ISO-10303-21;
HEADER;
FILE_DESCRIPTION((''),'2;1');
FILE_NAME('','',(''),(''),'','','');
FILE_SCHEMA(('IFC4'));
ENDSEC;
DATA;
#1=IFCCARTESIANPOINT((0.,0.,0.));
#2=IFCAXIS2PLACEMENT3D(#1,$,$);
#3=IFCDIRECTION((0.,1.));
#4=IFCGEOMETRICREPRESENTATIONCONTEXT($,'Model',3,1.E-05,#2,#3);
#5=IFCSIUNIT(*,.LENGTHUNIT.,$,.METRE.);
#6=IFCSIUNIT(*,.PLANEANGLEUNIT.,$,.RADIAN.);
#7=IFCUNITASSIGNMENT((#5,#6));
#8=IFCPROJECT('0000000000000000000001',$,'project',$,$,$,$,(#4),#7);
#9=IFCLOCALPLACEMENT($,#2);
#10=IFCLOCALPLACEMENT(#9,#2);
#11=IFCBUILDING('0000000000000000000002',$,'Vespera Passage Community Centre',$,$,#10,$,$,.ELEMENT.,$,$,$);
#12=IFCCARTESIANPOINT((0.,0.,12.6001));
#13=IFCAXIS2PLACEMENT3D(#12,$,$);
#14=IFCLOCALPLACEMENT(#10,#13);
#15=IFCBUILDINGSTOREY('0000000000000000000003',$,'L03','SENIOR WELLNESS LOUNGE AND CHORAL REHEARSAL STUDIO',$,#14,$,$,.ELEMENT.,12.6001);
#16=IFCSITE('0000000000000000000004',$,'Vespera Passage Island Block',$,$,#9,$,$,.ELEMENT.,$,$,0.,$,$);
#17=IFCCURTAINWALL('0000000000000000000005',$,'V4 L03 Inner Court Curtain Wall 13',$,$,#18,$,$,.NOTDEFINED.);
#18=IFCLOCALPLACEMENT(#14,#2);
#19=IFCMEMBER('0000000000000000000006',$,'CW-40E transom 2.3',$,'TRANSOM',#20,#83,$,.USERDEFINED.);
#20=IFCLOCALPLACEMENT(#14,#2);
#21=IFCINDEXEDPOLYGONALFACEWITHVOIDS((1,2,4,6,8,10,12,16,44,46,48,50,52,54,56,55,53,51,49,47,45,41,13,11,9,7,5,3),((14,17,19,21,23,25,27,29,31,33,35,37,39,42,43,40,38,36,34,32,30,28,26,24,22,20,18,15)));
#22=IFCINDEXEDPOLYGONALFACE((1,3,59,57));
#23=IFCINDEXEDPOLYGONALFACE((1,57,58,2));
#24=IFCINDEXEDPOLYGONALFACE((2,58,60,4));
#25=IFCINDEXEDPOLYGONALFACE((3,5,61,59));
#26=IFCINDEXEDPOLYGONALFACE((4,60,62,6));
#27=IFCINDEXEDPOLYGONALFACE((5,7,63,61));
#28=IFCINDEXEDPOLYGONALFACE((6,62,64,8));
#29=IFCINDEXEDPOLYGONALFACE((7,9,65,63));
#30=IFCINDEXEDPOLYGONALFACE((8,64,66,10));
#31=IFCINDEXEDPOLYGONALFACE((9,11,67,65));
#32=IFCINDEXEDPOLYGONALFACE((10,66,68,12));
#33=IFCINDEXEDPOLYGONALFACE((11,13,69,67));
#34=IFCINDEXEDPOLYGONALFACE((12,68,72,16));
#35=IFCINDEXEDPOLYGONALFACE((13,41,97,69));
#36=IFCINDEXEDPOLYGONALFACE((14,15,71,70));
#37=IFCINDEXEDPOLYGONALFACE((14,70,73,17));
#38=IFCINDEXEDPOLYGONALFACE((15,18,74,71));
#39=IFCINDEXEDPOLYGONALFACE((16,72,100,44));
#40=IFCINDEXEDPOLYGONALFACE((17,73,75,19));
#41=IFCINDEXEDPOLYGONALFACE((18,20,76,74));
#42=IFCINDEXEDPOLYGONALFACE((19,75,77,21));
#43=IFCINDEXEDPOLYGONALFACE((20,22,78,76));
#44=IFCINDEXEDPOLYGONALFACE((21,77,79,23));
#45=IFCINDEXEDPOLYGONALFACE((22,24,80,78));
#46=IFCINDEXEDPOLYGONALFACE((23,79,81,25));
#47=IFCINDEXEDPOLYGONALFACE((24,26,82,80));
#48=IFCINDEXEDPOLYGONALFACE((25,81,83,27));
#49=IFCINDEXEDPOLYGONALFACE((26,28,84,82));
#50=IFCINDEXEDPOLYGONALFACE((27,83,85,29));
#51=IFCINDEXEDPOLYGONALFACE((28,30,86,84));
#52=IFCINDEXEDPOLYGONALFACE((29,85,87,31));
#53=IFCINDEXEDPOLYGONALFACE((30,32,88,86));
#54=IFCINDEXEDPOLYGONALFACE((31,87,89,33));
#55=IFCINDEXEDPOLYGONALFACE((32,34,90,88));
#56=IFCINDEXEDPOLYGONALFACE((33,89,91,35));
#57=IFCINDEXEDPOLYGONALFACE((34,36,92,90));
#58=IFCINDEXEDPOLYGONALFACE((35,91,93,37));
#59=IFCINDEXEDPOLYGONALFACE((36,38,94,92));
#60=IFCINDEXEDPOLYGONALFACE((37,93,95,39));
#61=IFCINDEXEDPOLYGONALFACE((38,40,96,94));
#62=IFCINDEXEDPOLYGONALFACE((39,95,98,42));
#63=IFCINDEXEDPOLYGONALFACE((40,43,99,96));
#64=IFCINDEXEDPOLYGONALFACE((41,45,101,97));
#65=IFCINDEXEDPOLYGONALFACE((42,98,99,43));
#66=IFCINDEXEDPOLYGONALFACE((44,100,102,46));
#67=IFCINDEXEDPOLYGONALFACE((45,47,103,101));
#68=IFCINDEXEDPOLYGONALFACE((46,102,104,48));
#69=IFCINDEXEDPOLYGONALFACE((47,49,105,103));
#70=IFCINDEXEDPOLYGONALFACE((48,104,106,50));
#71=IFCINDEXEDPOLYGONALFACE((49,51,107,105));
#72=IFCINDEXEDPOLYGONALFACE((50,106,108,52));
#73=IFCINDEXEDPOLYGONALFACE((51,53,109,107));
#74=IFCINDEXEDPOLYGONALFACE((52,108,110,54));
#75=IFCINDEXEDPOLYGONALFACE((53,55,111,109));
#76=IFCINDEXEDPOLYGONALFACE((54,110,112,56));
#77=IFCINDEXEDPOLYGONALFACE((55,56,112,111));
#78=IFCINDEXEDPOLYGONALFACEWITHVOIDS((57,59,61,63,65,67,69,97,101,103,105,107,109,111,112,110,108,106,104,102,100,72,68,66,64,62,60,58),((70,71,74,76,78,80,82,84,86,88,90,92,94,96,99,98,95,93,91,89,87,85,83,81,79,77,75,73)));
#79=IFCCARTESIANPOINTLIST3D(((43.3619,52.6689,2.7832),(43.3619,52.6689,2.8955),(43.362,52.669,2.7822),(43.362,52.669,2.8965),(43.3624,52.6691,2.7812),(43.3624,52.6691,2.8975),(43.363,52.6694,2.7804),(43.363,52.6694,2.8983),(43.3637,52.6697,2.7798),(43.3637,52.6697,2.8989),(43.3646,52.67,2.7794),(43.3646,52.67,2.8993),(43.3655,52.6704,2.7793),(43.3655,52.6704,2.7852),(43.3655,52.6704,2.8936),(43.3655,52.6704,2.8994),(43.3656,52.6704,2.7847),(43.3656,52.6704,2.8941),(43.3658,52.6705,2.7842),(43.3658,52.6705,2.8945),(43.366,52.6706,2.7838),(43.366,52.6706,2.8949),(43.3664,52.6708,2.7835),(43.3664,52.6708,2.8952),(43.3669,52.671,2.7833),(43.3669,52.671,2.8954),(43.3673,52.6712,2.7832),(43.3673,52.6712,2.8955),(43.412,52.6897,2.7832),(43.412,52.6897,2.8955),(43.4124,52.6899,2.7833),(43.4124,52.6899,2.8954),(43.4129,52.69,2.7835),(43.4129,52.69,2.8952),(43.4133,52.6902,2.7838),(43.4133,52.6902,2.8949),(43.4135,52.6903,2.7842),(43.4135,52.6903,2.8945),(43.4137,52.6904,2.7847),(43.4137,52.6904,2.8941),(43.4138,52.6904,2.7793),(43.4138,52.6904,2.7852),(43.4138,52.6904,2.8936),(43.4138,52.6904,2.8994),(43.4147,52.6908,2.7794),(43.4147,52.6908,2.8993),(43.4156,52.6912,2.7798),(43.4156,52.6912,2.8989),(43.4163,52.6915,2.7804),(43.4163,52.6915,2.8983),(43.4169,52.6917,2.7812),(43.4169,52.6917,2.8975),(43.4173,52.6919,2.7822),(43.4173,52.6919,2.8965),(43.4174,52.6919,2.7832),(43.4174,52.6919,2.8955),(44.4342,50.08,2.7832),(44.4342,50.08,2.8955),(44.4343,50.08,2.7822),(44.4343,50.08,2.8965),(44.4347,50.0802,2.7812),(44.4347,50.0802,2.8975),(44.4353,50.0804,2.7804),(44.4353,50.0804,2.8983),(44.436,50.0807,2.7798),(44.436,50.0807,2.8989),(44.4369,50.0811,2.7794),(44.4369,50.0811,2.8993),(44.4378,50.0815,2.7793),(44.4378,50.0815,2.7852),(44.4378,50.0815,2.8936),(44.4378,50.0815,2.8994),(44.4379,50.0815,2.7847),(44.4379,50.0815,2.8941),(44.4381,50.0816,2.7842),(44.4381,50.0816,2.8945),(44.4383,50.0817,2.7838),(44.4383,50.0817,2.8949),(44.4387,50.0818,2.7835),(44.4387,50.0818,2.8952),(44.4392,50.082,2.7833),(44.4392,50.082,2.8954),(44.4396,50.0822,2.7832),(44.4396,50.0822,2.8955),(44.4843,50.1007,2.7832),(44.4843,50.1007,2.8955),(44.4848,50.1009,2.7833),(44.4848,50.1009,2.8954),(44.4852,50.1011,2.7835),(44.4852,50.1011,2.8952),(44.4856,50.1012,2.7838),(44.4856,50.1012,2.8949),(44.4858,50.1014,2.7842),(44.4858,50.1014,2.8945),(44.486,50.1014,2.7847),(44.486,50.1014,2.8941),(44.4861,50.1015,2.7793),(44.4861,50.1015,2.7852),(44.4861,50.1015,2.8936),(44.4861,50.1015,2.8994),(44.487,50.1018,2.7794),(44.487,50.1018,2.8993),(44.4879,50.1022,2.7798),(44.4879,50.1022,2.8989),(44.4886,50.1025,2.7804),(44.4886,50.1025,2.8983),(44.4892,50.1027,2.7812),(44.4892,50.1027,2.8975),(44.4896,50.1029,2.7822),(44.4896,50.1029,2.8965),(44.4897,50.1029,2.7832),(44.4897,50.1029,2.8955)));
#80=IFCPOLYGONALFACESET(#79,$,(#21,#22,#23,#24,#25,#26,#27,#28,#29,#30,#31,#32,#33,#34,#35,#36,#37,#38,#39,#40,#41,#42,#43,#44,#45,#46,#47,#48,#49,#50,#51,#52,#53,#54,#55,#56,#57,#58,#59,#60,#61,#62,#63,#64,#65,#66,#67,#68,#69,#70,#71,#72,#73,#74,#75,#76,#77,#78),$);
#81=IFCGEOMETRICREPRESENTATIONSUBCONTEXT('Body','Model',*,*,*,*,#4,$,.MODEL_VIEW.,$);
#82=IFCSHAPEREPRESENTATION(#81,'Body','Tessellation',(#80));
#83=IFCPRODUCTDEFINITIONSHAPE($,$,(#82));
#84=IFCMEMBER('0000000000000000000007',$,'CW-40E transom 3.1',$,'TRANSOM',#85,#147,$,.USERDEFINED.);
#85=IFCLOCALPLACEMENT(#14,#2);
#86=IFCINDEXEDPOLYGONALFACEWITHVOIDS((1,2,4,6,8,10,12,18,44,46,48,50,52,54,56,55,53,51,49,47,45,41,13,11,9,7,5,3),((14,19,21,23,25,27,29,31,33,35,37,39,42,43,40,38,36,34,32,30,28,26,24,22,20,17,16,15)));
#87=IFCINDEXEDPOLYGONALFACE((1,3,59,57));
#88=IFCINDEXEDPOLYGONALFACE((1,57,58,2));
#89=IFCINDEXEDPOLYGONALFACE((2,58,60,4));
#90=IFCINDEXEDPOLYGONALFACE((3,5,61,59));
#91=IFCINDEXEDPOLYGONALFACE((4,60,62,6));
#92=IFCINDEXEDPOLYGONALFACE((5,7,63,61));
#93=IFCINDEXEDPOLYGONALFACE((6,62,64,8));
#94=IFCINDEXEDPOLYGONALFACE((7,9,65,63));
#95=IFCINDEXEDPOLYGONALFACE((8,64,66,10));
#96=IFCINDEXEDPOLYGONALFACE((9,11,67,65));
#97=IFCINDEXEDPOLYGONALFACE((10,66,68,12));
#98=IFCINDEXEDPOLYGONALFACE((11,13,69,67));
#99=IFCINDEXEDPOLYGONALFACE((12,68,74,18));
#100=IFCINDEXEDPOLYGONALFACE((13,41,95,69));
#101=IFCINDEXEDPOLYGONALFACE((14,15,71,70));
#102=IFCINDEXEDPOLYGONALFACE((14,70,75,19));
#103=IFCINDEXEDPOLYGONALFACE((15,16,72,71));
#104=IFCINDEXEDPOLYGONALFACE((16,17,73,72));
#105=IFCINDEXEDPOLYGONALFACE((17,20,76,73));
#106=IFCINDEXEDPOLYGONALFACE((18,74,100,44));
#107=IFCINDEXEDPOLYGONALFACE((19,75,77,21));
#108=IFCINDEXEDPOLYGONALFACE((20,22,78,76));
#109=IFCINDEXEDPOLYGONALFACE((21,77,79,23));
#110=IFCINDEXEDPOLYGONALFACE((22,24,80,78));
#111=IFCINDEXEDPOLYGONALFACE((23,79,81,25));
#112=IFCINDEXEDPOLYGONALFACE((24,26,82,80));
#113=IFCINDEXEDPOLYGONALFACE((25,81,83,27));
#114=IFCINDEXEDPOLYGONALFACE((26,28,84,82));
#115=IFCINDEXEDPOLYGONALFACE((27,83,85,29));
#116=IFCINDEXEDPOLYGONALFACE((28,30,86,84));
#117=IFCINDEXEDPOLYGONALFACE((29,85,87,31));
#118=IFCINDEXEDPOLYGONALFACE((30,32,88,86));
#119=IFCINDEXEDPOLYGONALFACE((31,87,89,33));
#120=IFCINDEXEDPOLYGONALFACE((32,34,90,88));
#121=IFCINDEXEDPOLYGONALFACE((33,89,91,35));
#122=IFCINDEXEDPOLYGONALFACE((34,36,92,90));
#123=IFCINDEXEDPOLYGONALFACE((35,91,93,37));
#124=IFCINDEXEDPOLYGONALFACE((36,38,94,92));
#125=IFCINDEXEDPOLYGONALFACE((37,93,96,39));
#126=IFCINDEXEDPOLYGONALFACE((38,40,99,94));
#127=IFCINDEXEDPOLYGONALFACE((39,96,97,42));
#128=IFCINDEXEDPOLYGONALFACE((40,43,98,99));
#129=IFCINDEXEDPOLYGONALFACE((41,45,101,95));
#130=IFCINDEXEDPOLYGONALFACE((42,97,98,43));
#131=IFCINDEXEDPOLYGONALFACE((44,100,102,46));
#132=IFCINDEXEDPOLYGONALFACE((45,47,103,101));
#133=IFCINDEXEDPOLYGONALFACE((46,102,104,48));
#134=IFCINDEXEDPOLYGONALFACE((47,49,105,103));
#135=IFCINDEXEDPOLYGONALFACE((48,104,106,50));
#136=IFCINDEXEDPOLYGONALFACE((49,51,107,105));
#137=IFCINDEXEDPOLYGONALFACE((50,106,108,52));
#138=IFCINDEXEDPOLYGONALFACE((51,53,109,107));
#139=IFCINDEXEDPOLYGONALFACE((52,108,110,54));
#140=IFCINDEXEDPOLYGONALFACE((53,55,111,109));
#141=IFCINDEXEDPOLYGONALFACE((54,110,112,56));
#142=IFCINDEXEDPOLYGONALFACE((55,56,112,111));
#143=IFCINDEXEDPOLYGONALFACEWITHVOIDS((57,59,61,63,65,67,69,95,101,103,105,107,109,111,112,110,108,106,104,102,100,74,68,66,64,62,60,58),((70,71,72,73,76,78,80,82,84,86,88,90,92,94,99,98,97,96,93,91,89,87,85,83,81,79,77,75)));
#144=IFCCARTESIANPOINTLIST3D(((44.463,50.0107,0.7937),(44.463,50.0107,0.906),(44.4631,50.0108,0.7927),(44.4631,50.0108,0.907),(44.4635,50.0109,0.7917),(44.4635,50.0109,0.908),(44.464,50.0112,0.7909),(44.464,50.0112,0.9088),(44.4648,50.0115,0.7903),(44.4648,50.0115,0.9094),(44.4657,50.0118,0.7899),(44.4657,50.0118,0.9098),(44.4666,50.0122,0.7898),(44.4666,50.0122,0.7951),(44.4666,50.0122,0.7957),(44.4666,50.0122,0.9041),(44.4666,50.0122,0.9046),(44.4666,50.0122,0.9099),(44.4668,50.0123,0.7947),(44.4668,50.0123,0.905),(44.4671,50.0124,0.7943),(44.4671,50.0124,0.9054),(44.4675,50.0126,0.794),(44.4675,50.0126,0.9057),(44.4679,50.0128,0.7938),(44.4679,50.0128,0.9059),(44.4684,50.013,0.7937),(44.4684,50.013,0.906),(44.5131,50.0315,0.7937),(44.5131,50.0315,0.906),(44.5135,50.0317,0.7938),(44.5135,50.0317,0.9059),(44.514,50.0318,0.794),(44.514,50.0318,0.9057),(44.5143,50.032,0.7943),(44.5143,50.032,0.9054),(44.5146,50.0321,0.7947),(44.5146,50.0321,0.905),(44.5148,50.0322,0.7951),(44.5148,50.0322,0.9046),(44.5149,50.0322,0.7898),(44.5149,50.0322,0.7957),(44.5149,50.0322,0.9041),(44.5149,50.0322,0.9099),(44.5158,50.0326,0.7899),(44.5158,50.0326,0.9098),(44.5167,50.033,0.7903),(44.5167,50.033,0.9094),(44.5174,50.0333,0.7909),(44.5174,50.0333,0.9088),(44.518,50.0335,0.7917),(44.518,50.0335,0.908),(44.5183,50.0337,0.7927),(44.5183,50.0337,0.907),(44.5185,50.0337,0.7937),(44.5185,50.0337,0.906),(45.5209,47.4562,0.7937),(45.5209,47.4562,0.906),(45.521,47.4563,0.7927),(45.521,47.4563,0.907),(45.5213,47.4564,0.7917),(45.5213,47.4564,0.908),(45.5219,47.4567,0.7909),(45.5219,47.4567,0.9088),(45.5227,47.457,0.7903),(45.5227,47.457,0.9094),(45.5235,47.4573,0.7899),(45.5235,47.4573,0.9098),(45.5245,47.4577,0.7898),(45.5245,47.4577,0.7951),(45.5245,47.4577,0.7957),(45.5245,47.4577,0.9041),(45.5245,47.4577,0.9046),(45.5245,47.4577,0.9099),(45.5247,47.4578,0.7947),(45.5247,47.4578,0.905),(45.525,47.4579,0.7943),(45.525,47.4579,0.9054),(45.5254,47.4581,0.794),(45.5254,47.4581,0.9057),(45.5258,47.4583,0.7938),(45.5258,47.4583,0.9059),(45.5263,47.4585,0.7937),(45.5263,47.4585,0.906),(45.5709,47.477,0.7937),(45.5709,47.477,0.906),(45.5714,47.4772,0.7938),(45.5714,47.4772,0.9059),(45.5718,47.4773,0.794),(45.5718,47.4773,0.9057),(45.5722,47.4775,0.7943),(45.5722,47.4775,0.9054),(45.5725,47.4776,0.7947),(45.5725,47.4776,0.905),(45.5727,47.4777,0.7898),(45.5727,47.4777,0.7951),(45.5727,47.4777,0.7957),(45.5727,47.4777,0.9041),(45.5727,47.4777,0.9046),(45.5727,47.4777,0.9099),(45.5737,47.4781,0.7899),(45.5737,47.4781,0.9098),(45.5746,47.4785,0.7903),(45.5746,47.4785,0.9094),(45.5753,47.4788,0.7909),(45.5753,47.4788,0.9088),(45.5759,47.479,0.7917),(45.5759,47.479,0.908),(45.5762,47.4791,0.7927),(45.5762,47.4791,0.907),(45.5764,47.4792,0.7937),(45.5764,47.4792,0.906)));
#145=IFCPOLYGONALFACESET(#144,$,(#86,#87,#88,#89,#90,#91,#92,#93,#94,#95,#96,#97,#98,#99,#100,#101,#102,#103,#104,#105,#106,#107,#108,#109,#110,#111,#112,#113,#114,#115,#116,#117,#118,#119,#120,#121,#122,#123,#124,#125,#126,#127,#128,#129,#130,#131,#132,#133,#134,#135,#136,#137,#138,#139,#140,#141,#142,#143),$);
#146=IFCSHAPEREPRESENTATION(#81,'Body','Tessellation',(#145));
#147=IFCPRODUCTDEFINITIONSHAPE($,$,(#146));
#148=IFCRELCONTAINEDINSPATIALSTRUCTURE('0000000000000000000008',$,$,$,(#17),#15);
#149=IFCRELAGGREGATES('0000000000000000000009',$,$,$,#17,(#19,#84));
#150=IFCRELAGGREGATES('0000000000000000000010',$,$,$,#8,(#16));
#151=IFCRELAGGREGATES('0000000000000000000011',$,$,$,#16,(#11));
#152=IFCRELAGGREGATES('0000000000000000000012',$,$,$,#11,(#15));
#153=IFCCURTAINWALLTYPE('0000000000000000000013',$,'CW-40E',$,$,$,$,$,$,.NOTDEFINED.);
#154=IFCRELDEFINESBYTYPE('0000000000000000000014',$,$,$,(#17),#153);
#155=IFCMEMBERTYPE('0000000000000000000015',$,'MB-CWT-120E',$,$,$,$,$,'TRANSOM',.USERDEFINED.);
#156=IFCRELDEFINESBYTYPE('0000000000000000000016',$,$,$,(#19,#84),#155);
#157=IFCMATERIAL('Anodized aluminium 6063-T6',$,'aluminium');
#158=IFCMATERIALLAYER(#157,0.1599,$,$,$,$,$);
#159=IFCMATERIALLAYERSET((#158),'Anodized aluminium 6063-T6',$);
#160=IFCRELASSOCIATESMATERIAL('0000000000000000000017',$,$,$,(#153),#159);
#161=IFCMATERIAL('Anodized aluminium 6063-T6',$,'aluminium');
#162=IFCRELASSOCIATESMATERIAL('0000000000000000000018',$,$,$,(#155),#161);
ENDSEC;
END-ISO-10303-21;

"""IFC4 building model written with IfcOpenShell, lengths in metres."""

from ifc_helpers import new_model, si_unit, direction, frame, origin, origin_2d, place, context, subcontext, project, spatial, hollow_rectangle, extrude, material, layer, layer_set, material_profile, profile_set, type_object, element, aggregate, save


model = new_model("IFC4")

# Units and contexts
model_context = context("Model", 3, precision=1e-05, world=origin(), true_north=direction((0.0, 1.0)))
body_context = subcontext(model_context, "Body", "Model", "MODEL_VIEW")
ifc_project = project(units=[si_unit("LENGTHUNIT", "METRE"), si_unit("PLANEANGLEUNIT", "RADIAN")], contexts=[model_context])

# Site, building, storey
site_placement = place(None, origin())
site = spatial("IfcSite", under=ifc_project, at=site_placement, Name="Vespera Passage Island Block", CompositionType="ELEMENT", RefElevation=0.0)
building_placement = place(site_placement, origin())
building = spatial("IfcBuilding", under=site, at=building_placement, Name="Vespera Passage Community Centre", CompositionType="ELEMENT")
storey_placement = place(building_placement, frame((0.0, 0.0, 12.6001)))
storey = spatial("IfcBuildingStorey", under=building, at=storey_placement, Name="L03", Description="SENIOR WELLNESS LOUNGE AND CHORAL REHEARSAL STUDIO", CompositionType="ELEMENT", Elevation=12.6001)

# Curtain wall
ifc_material_1 = material(Name="Anodized aluminium 6063-T6", Category="aluminium")
ifc_layer_1 = layer(ifc_material_1, 0.1599)
ifc_layer_set_1 = layer_set([ifc_layer_1], Name="Anodized aluminium 6063-T6")
curtain_wall_type_1 = type_object("IfcCurtainWallType", Name="CW-40E", PredefinedType="NOTDEFINED", material=ifc_layer_set_1)
curtain_wall_1_placement = place(storey_placement, origin())
curtain_wall_1 = element("IfcCurtainWall", 1, at=curtain_wall_1_placement, inside=storey, type_object=curtain_wall_type_1, Name="V4 L03 Inner Court Curtain Wall 13", PredefinedType="NOTDEFINED")

# Members
ifc_material_2 = material(Name="Anodized aluminium 6063-T6", Category="aluminium")
ifc_material_profile_1 = material_profile(ifc_material_2, hollow_rectangle(XDim=0.0601, YDim=0.1201, WallThickness=0.0039, InnerFilletRadius=0.002, OuterFilletRadius=0.0039, at=origin_2d()), Name="ALU120X60X4")
ifc_profile_set_1 = profile_set([ifc_material_profile_1], Name="Anodized aluminium 6063-T6")
member_type_1 = type_object("IfcMemberType", Name="MB-CWT-120E", ElementType="TRANSOM", PredefinedType="USERDEFINED", material=ifc_profile_set_1)
member_1_placement = place(storey_placement, frame((43.3896, 52.6804, 2.8394), z_axis=(0.38266, -0.923889, 0.0), x_axis=(0.923889, 0.38266, 0.0)))
member_1 = element("IfcMember", 2, at=member_1_placement, type_object=member_type_1, Name="CW-40E transom 2.3", ObjectType="TRANSOM", PredefinedType="USERDEFINED", context=body_context, shape_type="SweptSolid", body=[
    extrude(hollow_rectangle(XDim=0.0601, YDim=0.1201, WallThickness=0.0039, InnerFilletRadius=0.002, OuterFilletRadius=0.0039, at=origin_2d()), origin(), (0.0, 0.0, 1.0), 2.8022),
])
member_2_placement = place(storey_placement, frame((44.4907, 50.0222, 0.8499), z_axis=(0.382614, -0.923908, 0.0), x_axis=(0.923908, 0.382614, 0.0)))
member_2 = element("IfcMember", 3, at=member_2_placement, type_object=member_type_1, Name="CW-40E transom 3.1", ObjectType="TRANSOM", PredefinedType="USERDEFINED", context=body_context, shape_type="SweptSolid", body=[
    extrude(hollow_rectangle(XDim=0.0601, YDim=0.1201, WallThickness=0.0039, InnerFilletRadius=0.002, OuterFilletRadius=0.0039, at=origin_2d()), origin(), (0.0, 0.0, 1.0), 2.7649),
])

aggregate(curtain_wall_1, [member_1, member_2])

save(model, "model.ifc")
